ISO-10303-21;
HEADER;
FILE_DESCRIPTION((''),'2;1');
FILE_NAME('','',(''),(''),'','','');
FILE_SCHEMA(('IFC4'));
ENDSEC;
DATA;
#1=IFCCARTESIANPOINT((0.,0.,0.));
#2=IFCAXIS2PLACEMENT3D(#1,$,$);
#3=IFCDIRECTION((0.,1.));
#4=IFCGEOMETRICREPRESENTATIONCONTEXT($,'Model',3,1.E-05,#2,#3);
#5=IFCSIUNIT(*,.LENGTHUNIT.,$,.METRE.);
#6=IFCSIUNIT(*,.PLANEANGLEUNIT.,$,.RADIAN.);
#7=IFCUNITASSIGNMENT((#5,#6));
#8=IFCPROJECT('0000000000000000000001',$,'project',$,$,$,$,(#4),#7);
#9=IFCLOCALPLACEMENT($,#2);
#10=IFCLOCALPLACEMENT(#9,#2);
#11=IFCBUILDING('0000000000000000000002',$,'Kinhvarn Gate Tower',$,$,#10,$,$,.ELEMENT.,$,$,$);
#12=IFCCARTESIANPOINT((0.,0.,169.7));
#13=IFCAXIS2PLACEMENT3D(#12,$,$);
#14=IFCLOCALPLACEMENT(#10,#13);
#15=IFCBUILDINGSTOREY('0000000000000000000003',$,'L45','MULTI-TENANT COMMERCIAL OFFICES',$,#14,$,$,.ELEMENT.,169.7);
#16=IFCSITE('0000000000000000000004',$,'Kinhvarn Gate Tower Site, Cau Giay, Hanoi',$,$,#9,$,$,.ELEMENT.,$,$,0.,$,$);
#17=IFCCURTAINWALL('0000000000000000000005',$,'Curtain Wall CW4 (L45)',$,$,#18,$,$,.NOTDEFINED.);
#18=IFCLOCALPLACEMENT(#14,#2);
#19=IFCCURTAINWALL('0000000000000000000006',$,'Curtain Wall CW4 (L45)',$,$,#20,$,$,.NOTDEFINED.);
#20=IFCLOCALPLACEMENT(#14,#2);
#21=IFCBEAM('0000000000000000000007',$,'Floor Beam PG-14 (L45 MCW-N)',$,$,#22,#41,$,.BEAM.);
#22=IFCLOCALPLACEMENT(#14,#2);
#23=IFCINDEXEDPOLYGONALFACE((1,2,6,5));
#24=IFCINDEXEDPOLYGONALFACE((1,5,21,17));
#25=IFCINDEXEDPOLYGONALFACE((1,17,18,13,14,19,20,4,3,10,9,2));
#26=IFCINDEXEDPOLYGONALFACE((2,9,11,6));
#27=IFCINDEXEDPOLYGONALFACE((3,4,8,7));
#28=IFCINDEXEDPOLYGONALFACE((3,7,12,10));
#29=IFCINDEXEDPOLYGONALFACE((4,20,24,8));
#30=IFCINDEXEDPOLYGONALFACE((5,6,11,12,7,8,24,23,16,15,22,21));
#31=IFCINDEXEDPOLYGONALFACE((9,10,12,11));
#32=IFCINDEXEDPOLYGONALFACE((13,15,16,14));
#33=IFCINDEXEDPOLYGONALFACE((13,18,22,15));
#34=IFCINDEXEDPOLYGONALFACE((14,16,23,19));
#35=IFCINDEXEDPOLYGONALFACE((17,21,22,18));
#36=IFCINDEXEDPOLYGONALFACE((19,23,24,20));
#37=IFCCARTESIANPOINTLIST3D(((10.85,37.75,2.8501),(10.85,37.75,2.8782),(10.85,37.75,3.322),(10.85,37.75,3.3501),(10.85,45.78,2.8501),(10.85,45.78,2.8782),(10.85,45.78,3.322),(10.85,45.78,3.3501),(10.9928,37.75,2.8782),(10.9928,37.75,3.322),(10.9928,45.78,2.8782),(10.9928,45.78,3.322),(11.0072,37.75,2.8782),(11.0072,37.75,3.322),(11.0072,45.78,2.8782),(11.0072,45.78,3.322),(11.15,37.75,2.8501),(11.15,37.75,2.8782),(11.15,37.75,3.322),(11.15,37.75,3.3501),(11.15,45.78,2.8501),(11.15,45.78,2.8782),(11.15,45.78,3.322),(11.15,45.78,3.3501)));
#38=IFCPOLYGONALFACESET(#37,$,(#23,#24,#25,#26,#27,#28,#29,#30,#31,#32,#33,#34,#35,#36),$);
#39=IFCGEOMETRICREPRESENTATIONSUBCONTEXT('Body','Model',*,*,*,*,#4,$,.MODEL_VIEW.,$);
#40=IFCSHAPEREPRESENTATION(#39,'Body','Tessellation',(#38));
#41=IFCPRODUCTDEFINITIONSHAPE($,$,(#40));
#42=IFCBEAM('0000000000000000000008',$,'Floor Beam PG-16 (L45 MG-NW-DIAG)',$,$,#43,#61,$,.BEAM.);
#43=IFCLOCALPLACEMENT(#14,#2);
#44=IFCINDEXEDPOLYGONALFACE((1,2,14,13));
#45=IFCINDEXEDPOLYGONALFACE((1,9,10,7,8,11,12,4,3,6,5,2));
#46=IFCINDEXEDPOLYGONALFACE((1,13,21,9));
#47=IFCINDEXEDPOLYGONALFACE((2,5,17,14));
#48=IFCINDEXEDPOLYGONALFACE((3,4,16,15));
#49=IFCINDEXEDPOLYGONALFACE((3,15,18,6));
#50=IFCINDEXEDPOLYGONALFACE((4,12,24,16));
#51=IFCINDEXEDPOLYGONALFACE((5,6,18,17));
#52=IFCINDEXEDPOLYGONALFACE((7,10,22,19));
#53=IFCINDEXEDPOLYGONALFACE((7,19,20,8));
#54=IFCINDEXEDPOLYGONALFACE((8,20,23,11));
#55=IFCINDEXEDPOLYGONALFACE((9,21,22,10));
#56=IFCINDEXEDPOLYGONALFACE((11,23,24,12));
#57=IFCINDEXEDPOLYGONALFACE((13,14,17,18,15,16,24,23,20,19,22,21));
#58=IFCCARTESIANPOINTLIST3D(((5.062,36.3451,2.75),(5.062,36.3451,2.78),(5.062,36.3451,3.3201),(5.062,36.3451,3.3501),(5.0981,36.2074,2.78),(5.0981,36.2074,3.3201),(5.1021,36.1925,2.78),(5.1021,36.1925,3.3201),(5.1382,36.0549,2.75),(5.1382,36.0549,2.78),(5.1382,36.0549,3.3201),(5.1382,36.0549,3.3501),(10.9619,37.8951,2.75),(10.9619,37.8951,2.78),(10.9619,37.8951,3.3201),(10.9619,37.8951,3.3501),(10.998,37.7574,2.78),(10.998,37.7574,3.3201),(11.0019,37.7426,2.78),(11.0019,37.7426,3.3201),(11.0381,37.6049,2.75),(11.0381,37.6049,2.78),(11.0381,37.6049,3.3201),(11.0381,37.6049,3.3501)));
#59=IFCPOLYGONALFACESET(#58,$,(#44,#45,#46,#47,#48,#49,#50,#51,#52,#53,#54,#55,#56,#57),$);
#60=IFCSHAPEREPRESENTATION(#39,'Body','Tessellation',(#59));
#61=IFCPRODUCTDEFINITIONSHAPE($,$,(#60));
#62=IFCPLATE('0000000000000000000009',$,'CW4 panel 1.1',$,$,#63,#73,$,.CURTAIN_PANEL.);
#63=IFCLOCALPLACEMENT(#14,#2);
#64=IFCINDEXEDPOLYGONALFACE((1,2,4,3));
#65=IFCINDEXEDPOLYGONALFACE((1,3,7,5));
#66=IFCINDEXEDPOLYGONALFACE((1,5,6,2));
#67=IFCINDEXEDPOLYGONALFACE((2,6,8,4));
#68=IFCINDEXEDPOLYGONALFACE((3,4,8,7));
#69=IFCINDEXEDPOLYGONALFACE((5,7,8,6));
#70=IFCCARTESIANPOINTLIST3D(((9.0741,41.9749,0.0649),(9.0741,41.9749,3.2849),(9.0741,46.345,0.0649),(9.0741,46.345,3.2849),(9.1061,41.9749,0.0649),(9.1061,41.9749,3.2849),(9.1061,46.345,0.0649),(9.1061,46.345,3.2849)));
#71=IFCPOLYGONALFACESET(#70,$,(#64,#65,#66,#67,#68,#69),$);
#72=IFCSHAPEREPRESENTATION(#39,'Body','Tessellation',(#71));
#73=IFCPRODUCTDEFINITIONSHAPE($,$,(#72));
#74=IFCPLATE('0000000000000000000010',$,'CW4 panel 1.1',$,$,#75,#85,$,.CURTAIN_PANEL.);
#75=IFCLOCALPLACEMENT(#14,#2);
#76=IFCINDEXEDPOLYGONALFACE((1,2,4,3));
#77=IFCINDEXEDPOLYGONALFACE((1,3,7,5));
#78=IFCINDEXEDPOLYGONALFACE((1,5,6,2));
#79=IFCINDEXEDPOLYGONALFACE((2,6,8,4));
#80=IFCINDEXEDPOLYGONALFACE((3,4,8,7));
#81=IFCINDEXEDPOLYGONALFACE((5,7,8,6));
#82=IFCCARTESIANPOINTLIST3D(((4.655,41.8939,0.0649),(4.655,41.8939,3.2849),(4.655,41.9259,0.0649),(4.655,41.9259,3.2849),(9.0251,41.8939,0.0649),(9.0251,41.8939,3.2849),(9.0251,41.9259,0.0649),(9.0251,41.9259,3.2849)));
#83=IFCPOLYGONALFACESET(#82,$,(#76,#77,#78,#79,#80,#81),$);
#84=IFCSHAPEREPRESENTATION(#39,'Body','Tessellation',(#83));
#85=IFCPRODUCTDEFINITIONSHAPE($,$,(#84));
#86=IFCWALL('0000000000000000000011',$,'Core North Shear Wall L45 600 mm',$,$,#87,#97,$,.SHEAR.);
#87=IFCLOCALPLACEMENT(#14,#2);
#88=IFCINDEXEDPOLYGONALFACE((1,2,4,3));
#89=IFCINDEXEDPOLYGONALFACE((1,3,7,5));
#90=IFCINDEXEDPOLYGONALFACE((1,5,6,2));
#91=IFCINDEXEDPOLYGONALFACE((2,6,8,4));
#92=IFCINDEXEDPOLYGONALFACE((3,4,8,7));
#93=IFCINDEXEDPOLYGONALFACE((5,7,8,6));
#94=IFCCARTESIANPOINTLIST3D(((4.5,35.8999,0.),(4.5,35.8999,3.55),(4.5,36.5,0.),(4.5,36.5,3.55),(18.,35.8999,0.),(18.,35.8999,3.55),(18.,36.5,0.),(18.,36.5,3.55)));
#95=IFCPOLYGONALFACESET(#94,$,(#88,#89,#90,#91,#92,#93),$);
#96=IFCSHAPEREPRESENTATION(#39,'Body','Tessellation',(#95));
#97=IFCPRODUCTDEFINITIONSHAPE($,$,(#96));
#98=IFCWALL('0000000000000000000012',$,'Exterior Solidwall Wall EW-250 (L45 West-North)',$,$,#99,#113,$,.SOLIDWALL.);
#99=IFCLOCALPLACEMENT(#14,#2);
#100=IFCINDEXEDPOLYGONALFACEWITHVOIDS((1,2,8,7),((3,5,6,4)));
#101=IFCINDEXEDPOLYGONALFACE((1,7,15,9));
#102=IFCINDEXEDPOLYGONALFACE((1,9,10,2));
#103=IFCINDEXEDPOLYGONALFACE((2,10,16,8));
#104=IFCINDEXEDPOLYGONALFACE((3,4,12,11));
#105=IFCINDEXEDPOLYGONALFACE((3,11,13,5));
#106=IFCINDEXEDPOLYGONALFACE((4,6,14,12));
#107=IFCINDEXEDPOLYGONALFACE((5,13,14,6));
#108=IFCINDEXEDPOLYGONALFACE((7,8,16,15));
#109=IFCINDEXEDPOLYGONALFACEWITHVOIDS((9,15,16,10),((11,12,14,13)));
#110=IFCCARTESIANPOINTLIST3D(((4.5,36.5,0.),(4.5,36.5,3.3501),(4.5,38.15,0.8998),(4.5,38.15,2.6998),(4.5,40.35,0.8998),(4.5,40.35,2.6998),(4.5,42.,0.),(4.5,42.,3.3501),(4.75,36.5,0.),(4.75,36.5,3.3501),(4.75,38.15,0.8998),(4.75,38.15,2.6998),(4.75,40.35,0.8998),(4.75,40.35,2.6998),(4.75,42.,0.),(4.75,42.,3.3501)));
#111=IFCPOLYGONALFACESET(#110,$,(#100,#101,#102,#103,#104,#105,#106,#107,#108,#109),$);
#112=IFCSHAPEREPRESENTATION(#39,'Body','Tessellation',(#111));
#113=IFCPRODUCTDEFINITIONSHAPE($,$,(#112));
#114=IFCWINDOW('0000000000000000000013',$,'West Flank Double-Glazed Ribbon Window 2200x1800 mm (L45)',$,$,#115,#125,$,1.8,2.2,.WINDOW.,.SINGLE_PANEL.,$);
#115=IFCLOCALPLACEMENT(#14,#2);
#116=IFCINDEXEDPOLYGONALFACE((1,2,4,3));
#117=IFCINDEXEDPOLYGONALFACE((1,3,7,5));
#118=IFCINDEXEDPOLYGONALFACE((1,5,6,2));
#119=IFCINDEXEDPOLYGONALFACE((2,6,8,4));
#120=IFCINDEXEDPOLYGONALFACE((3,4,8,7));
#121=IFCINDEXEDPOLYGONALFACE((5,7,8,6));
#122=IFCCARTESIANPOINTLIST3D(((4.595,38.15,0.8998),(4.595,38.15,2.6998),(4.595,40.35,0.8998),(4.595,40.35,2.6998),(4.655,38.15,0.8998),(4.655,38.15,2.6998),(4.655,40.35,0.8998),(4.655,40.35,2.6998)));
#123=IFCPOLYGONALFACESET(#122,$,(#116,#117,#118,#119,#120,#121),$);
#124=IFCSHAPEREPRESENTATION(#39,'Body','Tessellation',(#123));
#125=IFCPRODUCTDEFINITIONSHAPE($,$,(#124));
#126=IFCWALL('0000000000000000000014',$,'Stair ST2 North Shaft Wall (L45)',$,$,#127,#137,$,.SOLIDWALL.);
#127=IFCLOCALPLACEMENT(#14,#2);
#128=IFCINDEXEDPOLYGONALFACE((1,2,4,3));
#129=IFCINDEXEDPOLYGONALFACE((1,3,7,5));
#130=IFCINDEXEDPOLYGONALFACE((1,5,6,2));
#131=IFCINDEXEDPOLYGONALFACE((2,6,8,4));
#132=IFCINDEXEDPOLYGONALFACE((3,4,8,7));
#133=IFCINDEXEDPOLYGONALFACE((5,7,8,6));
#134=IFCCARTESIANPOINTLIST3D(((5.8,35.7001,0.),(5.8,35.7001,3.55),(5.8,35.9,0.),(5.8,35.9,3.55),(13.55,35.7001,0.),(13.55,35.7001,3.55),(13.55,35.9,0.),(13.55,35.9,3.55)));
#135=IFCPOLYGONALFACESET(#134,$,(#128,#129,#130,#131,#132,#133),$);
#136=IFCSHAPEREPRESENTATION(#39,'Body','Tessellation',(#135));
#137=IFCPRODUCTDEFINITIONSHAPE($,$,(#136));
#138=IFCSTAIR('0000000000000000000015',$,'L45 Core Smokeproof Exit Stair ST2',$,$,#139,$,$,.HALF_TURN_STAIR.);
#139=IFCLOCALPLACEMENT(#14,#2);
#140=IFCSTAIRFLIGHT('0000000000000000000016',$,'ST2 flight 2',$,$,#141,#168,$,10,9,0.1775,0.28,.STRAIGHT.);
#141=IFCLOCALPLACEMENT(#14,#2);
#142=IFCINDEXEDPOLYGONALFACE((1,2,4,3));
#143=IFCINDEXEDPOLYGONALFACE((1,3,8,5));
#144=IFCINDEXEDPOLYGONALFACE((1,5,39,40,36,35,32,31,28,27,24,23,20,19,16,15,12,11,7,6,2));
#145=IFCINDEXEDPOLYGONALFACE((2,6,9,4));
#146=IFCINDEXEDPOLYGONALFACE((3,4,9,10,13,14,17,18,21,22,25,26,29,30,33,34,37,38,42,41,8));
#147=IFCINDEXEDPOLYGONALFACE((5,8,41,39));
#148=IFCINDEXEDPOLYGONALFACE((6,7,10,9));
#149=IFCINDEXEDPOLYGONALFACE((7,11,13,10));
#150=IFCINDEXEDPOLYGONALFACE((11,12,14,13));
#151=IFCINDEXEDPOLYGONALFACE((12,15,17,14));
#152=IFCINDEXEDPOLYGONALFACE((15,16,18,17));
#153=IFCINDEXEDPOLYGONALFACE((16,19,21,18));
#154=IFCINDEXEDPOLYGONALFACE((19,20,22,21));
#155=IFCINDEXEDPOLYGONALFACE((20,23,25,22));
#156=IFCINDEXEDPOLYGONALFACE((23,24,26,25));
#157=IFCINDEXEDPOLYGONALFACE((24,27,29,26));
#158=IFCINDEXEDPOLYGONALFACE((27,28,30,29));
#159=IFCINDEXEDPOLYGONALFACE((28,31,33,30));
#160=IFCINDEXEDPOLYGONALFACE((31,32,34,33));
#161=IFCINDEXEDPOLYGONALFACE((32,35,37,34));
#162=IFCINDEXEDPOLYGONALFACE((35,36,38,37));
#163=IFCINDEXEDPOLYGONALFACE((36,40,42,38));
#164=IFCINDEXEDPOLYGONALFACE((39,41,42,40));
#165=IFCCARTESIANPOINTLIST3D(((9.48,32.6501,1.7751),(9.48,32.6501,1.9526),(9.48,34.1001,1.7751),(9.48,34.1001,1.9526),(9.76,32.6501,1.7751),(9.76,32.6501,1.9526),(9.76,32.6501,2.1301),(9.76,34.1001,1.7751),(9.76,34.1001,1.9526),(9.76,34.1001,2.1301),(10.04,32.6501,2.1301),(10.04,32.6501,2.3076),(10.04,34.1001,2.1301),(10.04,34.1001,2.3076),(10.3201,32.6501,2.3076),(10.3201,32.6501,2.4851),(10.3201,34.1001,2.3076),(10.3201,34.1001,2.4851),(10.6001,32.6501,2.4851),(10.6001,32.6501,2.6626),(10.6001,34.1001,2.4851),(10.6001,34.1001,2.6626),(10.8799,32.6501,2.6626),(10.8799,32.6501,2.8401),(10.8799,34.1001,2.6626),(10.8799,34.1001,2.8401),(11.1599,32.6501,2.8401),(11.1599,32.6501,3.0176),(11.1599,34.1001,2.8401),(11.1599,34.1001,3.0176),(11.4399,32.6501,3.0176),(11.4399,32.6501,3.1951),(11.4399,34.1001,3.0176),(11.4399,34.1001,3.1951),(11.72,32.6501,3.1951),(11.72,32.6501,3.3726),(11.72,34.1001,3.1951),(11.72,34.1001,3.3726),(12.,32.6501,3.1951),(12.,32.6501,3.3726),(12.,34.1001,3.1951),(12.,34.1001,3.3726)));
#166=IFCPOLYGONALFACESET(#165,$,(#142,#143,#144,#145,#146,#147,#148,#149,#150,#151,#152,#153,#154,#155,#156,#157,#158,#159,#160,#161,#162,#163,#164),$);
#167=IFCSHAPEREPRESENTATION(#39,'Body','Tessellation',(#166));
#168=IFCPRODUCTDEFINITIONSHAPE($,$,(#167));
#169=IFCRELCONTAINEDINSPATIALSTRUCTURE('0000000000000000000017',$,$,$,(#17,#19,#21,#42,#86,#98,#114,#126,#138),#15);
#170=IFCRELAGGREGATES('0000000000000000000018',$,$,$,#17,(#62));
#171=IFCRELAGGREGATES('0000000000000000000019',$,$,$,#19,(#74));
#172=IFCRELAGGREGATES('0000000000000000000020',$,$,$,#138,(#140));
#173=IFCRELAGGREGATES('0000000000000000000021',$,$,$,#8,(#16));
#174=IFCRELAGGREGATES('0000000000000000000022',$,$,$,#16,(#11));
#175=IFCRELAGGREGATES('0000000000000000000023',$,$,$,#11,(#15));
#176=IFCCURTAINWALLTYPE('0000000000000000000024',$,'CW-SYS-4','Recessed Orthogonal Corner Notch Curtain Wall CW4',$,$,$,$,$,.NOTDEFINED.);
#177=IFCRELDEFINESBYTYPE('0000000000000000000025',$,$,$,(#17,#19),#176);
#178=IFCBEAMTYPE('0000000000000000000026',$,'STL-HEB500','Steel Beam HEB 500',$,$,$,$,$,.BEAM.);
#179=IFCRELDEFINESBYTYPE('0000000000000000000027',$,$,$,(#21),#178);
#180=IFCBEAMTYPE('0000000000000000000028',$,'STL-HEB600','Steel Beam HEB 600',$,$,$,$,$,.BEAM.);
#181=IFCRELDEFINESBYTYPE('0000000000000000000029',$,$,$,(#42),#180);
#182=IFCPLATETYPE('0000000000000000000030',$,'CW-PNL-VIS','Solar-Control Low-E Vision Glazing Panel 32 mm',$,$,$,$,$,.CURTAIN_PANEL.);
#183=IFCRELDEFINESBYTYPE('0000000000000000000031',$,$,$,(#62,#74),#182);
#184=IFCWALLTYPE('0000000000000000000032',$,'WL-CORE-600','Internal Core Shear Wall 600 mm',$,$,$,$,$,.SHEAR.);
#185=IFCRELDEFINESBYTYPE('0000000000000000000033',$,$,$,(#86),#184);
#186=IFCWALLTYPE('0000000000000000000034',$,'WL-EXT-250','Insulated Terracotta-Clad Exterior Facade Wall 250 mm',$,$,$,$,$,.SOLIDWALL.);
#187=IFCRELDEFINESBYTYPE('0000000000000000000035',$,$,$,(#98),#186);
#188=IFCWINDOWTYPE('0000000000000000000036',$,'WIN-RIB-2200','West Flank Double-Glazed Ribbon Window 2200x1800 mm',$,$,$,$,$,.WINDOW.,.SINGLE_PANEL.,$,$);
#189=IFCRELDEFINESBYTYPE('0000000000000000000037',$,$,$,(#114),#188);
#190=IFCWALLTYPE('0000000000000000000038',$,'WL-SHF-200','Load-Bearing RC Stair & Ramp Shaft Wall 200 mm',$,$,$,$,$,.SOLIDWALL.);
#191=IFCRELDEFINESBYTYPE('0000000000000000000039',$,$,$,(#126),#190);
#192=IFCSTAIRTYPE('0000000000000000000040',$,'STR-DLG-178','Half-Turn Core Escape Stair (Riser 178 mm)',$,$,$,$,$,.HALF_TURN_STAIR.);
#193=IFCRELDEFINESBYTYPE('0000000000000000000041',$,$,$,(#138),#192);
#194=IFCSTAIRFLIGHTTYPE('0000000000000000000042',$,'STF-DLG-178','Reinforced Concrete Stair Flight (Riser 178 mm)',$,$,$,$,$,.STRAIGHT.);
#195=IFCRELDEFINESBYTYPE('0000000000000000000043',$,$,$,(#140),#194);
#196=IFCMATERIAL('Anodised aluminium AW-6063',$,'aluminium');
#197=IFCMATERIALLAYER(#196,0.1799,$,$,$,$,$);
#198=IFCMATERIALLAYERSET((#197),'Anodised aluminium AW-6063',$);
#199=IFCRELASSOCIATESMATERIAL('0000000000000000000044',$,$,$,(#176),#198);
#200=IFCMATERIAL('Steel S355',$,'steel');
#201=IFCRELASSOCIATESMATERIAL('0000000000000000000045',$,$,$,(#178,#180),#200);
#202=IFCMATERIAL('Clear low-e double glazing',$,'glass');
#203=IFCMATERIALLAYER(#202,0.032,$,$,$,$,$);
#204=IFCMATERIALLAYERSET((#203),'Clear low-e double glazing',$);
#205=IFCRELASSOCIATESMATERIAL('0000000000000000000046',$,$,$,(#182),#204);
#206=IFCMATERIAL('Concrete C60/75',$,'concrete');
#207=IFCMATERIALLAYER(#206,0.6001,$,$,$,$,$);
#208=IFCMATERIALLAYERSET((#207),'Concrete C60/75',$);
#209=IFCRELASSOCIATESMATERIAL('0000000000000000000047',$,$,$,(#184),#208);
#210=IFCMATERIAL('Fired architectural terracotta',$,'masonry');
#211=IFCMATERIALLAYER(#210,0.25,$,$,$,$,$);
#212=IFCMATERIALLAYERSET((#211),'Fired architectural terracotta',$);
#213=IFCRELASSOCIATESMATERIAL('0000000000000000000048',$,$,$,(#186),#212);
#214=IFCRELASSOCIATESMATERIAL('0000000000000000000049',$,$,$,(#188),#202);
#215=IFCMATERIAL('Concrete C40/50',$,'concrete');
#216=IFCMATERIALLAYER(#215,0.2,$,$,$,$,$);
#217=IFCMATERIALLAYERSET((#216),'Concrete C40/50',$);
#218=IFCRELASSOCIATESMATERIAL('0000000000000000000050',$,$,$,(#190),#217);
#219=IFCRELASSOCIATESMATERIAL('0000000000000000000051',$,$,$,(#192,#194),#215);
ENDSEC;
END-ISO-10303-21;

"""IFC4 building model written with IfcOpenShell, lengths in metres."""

from ifc_helpers import new_model, si_unit, direction, frame, frame_2d, origin, origin_2d, place, context, subcontext, project, spatial, polyline, rectangle, i_section, outline, extrude, material, layer, layer_set, material_profile, profile_set, type_object, element, fill, aggregate, save


model = new_model("IFC4")

# Units and contexts
model_context = context("Model", 3, precision=1e-05, world=origin(), true_north=direction((0.0, 1.0)))
body_context = subcontext(model_context, "Body", "Model", "MODEL_VIEW")
ifc_project = project(units=[si_unit("LENGTHUNIT", "METRE"), si_unit("PLANEANGLEUNIT", "RADIAN")], contexts=[model_context])

# Site, building, storey
site_placement = place(None, origin())
site = spatial("IfcSite", under=ifc_project, at=site_placement, Name="Kinhvarn Gate Tower Site, Cau Giay, Hanoi", CompositionType="ELEMENT", RefElevation=0.0)
building_placement = place(site_placement, origin())
building = spatial("IfcBuilding", under=site, at=building_placement, Name="Kinhvarn Gate Tower", CompositionType="ELEMENT")
storey_placement = place(building_placement, frame((0.0, 0.0, 169.7)))
storey = spatial("IfcBuildingStorey", under=building, at=storey_placement, Name="L45", Description="MULTI-TENANT COMMERCIAL OFFICES", CompositionType="ELEMENT", Elevation=169.7)

# Shared definitions
ifc_material_1 = material(Name="Concrete C60/75", Category="concrete")

# Shared definitions
ifc_material_2 = material(Name="Anodised aluminium AW-6063", Category="aluminium")

# Curtain walls
ifc_layer_1 = layer(ifc_material_2, 0.1799)
ifc_layer_set_1 = layer_set([ifc_layer_1], Name="Anodised aluminium AW-6063")
curtain_wall_type_1 = type_object("IfcCurtainWallType", Name="CW-SYS-4", Description="Recessed Orthogonal Corner Notch Curtain Wall CW4", PredefinedType="NOTDEFINED", material=ifc_layer_set_1)
curtain_wall_1_placement = place(storey_placement, origin())
curtain_wall_1 = element("IfcCurtainWall", 1, at=curtain_wall_1_placement, inside=storey, type_object=curtain_wall_type_1, Name="Curtain Wall CW4 (L45)", PredefinedType="NOTDEFINED")
curtain_wall_2_placement = place(storey_placement, origin())
curtain_wall_2 = element("IfcCurtainWall", 2, at=curtain_wall_2_placement, inside=storey, type_object=curtain_wall_type_1, Name="Curtain Wall CW4 (L45)", PredefinedType="NOTDEFINED")

# Beams
ifc_material_3 = material(Name="Steel S355", Category="steel")
ifc_material_profile_1 = material_profile(ifc_material_3, i_section(OverallWidth=0.3, OverallDepth=0.5, WebThickness=0.0144, FlangeThickness=0.0281, at=origin_2d()), Name="HEB 500")
ifc_profile_set_1 = profile_set([ifc_material_profile_1], Name="Steel S355")
beam_type_1 = type_object("IfcBeamType", Name="STL-HEB500", Description="Steel Beam HEB 500", PredefinedType="BEAM", material=ifc_profile_set_1)
beam_1_placement = place(storey_placement, frame((11.0, 37.75, 3.1001), z_axis=(0.0, 1.0, 0.0), x_axis=(-1.0, 0.0, 0.0)))
element("IfcBeam", 3, at=beam_1_placement, inside=storey, type_object=beam_type_1, Name="Floor Beam PG-14 (L45 MCW-N)", PredefinedType="BEAM", context=body_context, shape_type="SweptSolid", body=[
    extrude(i_section(OverallWidth=0.3, OverallDepth=0.5, WebThickness=0.0144, FlangeThickness=0.0281, at=origin_2d()), origin(), (0.0, 0.0, 1.0), 8.03),
])
ifc_material_profile_2 = material_profile(ifc_material_3, i_section(OverallWidth=0.3, OverallDepth=0.6001, WebThickness=0.0154, FlangeThickness=0.03, at=origin_2d()), Name="HEB 600")
ifc_profile_set_2 = profile_set([ifc_material_profile_2], Name="Steel S355")
beam_type_2 = type_object("IfcBeamType", Name="STL-HEB600", Description="Steel Beam HEB 600", PredefinedType="BEAM", material=ifc_profile_set_2)
beam_2_placement = place(storey_placement, frame((5.1001, 36.2, 3.05), z_axis=(0.967178, 0.254101, 0.0), x_axis=(-0.254101, 0.967178, 0.0)))
element("IfcBeam", 4, at=beam_2_placement, inside=storey, type_object=beam_type_2, Name="Floor Beam PG-16 (L45 MG-NW-DIAG)", PredefinedType="BEAM", context=body_context, shape_type="SweptSolid", body=[
    extrude(i_section(OverallWidth=0.3, OverallDepth=0.6001, WebThickness=0.0154, FlangeThickness=0.03, at=origin_2d()), origin(), (0.0, 0.0, 1.0), 6.1001),
])

# Plates
ifc_material_4 = material(Name="Clear low-e double glazing", Category="glass")
ifc_layer_2 = layer(ifc_material_4, 0.032)
ifc_layer_set_2 = layer_set([ifc_layer_2], Name="Clear low-e double glazing")
plate_type = type_object("IfcPlateType", Name="CW-PNL-VIS", Description="Solar-Control Low-E Vision Glazing Panel 32 mm", PredefinedType="CURTAIN_PANEL", material=ifc_layer_set_2)
plate_1_placement = place(storey_placement, frame((9.0901, 44.1599, 0.0649), z_axis=(0.0, 0.0, 1.0), x_axis=(0.0, -1.0, 0.0)))
plate_1 = element("IfcPlate", 5, at=plate_1_placement, type_object=plate_type, Name="CW4 panel 1.1", PredefinedType="CURTAIN_PANEL", context=body_context, shape_type="SweptSolid", body=[
    extrude(rectangle(XDim=4.3701, YDim=0.032, at=origin_2d()), origin(), (0.0, 0.0, 1.0), 3.22),
])
aggregate(curtain_wall_1, [plate_1])
plate_2_placement = place(storey_placement, frame((6.8401, 41.9099, 0.0649), z_axis=(0.0, 0.0, 1.0), x_axis=(-1.0, 0.0, 0.0)))
plate_2 = element("IfcPlate", 6, at=plate_2_placement, type_object=plate_type, Name="CW4 panel 1.1", PredefinedType="CURTAIN_PANEL", context=body_context, shape_type="SweptSolid", body=[
    extrude(rectangle(XDim=4.3701, YDim=0.032, at=origin_2d()), origin(), (0.0, 0.0, 1.0), 3.22),
])
aggregate(curtain_wall_2, [plate_2])

# Wall
ifc_layer_3 = layer(ifc_material_1, 0.6001)
ifc_layer_set_3 = layer_set([ifc_layer_3], Name="Concrete C60/75")
wall_type_1 = type_object("IfcWallType", Name="WL-CORE-600", Description="Internal Core Shear Wall 600 mm", PredefinedType="SHEAR", material=ifc_layer_set_3)
wall_1_placement = place(storey_placement, frame((4.5, 36.2, 0.0), z_axis=(0.0, 0.0, 1.0), x_axis=(1.0, 0.0, 0.0)))
element("IfcWall", 7, at=wall_1_placement, inside=storey, type_object=wall_type_1, Name="Core North Shear Wall L45 600 mm", PredefinedType="SHEAR", context=body_context, shape_type="SweptSolid", body=[
    extrude(rectangle(XDim=13.5, YDim=0.6001, at=frame_2d((6.75, 0.0))), origin(), (0.0, 0.0, 1.0), 3.55),
])

# Wall, opening, window
ifc_material_5 = material(Name="Fired architectural terracotta", Category="masonry")
ifc_layer_4 = layer(ifc_material_5, 0.25)
ifc_layer_set_4 = layer_set([ifc_layer_4], Name="Fired architectural terracotta")
wall_type_2 = type_object("IfcWallType", Name="WL-EXT-250", Description="Insulated Terracotta-Clad Exterior Facade Wall 250 mm", PredefinedType="SOLIDWALL", material=ifc_layer_set_4)
wall_2_placement = place(storey_placement, frame((4.625, 42.0, 0.0), z_axis=(0.0, 0.0, 1.0), x_axis=(0.0, -1.0, 0.0)))
wall_2 = element("IfcWall", 8, at=wall_2_placement, inside=storey, type_object=wall_type_2, Name="Exterior Solidwall Wall EW-250 (L45 West-North)", PredefinedType="SOLIDWALL", context=body_context, shape_type="SweptSolid", body=[
    extrude(rectangle(XDim=5.5, YDim=0.25, at=frame_2d((2.75, 0.0))), origin(), (0.0, 0.0, 1.0), 3.3501),
])
opening_placement = place(wall_2_placement, frame((1.6499, 0.0, 0.8999)))
opening = element("IfcOpeningElement", 9, at=opening_placement, cuts=wall_2, PredefinedType="OPENING", context=body_context, shape_type="SweptSolid", body=[
    extrude(rectangle(XDim=2.2, YDim=1.8, at=frame_2d((1.1001, 0.8999))), frame((0.0, 0.135, 0.0), z_axis=(0.0, -1.0, 0.0), x_axis=(1.0, 0.0, 0.0)), (0.0, 0.0, 1.0), 0.27),
])
window_type = type_object("IfcWindowType", Name="WIN-RIB-2200", Description="West Flank Double-Glazed Ribbon Window 2200x1800 mm", PartitioningType="SINGLE_PANEL", PredefinedType="WINDOW", material=ifc_material_4)
window_placement = place(opening_placement, origin())
window = element("IfcWindow", 10, at=window_placement, inside=storey, type_object=window_type, Name="West Flank Double-Glazed Ribbon Window 2200x1800 mm (L45)", OverallHeight=1.8, OverallWidth=2.2, PartitioningType="SINGLE_PANEL", PredefinedType="WINDOW", context=body_context, shape_type="SweptSolid", body=[
    extrude(rectangle(XDim=2.2, YDim=1.8, at=frame_2d((1.1001, 0.8999))), frame((0.0, 0.03, 0.0), z_axis=(0.0, -1.0, 0.0), x_axis=(1.0, 0.0, 0.0)), (0.0, 0.0, 1.0), 0.0601),
])
fill(opening, window)

# Wall
ifc_material_6 = material(Name="Concrete C40/50", Category="concrete")
ifc_layer_5 = layer(ifc_material_6, 0.2)
ifc_layer_set_5 = layer_set([ifc_layer_5], Name="Concrete C40/50")
wall_type_3 = type_object("IfcWallType", Name="WL-SHF-200", Description="Load-Bearing RC Stair & Ramp Shaft Wall 200 mm", PredefinedType="SOLIDWALL", material=ifc_layer_set_5)
wall_3_placement = place(storey_placement, frame((5.8, 35.8, 0.0), z_axis=(0.0, 0.0, 1.0), x_axis=(1.0, 0.0, 0.0)))
element("IfcWall", 11, at=wall_3_placement, inside=storey, type_object=wall_type_3, Name="Stair ST2 North Shaft Wall (L45)", PredefinedType="SOLIDWALL", context=body_context, shape_type="SweptSolid", body=[
    extrude(rectangle(XDim=7.75, YDim=0.2, at=frame_2d((3.875, 0.0))), origin(), (0.0, 0.0, 1.0), 3.55),
])

# Stair, stair flight
stair_type = type_object("IfcStairType", Name="STR-DLG-178", Description="Half-Turn Core Escape Stair (Riser 178 mm)", PredefinedType="HALF_TURN_STAIR", material=ifc_material_6)
stair_placement = place(storey_placement, origin())
stair = element("IfcStair", 12, at=stair_placement, inside=storey, type_object=stair_type, Name="L45 Core Smokeproof Exit Stair ST2", PredefinedType="HALF_TURN_STAIR")
stair_flight_type = type_object("IfcStairFlightType", Name="STF-DLG-178", Description="Reinforced Concrete Stair Flight (Riser 178 mm)", PredefinedType="STRAIGHT", material=ifc_material_6)
stair_flight_placement = place(storey_placement, frame((9.48, 33.375, 1.7751), z_axis=(0.0, 0.0, 1.0), x_axis=(1.0, 0.0, 0.0)))
stair_flight = element("IfcStairFlight", 13, at=stair_flight_placement, type_object=stair_flight_type, Name="ST2 flight 2", NumberOfRisers=10, NumberOfTreads=9, PredefinedType="STRAIGHT", RiserHeight=0.1775, TreadLength=0.28, context=body_context, shape_type="SweptSolid", body=[
    extrude(outline(polyline([(0.0, 0.0), (0.0, 0.1775), (0.28, 0.1775), (0.28, 0.355), (0.5601, 0.355), (0.5601, 0.5325), (0.8401, 0.5325), (0.8401, 0.71), (1.1201, 0.71), (1.1201, 0.8875), (1.3999, 0.8875), (1.3999, 1.0649), (1.6799, 1.0649), (1.6799, 1.2424), (1.96, 1.2424), (1.96, 1.4199), (2.24, 1.4199), (2.24, 1.5974), (2.52, 1.5974), (2.52, 1.7749), (2.52, 1.4199), (0.28, 0.0), (0.0, 0.0)])), frame((0.0, 0.7251, 0.0), z_axis=(0.0, -1.0, 0.0), x_axis=(1.0, 0.0, 0.0)), (0.0, 0.0, 1.0), 1.45),
])
aggregate(stair, [stair_flight])

save(model, "model.ifc")
